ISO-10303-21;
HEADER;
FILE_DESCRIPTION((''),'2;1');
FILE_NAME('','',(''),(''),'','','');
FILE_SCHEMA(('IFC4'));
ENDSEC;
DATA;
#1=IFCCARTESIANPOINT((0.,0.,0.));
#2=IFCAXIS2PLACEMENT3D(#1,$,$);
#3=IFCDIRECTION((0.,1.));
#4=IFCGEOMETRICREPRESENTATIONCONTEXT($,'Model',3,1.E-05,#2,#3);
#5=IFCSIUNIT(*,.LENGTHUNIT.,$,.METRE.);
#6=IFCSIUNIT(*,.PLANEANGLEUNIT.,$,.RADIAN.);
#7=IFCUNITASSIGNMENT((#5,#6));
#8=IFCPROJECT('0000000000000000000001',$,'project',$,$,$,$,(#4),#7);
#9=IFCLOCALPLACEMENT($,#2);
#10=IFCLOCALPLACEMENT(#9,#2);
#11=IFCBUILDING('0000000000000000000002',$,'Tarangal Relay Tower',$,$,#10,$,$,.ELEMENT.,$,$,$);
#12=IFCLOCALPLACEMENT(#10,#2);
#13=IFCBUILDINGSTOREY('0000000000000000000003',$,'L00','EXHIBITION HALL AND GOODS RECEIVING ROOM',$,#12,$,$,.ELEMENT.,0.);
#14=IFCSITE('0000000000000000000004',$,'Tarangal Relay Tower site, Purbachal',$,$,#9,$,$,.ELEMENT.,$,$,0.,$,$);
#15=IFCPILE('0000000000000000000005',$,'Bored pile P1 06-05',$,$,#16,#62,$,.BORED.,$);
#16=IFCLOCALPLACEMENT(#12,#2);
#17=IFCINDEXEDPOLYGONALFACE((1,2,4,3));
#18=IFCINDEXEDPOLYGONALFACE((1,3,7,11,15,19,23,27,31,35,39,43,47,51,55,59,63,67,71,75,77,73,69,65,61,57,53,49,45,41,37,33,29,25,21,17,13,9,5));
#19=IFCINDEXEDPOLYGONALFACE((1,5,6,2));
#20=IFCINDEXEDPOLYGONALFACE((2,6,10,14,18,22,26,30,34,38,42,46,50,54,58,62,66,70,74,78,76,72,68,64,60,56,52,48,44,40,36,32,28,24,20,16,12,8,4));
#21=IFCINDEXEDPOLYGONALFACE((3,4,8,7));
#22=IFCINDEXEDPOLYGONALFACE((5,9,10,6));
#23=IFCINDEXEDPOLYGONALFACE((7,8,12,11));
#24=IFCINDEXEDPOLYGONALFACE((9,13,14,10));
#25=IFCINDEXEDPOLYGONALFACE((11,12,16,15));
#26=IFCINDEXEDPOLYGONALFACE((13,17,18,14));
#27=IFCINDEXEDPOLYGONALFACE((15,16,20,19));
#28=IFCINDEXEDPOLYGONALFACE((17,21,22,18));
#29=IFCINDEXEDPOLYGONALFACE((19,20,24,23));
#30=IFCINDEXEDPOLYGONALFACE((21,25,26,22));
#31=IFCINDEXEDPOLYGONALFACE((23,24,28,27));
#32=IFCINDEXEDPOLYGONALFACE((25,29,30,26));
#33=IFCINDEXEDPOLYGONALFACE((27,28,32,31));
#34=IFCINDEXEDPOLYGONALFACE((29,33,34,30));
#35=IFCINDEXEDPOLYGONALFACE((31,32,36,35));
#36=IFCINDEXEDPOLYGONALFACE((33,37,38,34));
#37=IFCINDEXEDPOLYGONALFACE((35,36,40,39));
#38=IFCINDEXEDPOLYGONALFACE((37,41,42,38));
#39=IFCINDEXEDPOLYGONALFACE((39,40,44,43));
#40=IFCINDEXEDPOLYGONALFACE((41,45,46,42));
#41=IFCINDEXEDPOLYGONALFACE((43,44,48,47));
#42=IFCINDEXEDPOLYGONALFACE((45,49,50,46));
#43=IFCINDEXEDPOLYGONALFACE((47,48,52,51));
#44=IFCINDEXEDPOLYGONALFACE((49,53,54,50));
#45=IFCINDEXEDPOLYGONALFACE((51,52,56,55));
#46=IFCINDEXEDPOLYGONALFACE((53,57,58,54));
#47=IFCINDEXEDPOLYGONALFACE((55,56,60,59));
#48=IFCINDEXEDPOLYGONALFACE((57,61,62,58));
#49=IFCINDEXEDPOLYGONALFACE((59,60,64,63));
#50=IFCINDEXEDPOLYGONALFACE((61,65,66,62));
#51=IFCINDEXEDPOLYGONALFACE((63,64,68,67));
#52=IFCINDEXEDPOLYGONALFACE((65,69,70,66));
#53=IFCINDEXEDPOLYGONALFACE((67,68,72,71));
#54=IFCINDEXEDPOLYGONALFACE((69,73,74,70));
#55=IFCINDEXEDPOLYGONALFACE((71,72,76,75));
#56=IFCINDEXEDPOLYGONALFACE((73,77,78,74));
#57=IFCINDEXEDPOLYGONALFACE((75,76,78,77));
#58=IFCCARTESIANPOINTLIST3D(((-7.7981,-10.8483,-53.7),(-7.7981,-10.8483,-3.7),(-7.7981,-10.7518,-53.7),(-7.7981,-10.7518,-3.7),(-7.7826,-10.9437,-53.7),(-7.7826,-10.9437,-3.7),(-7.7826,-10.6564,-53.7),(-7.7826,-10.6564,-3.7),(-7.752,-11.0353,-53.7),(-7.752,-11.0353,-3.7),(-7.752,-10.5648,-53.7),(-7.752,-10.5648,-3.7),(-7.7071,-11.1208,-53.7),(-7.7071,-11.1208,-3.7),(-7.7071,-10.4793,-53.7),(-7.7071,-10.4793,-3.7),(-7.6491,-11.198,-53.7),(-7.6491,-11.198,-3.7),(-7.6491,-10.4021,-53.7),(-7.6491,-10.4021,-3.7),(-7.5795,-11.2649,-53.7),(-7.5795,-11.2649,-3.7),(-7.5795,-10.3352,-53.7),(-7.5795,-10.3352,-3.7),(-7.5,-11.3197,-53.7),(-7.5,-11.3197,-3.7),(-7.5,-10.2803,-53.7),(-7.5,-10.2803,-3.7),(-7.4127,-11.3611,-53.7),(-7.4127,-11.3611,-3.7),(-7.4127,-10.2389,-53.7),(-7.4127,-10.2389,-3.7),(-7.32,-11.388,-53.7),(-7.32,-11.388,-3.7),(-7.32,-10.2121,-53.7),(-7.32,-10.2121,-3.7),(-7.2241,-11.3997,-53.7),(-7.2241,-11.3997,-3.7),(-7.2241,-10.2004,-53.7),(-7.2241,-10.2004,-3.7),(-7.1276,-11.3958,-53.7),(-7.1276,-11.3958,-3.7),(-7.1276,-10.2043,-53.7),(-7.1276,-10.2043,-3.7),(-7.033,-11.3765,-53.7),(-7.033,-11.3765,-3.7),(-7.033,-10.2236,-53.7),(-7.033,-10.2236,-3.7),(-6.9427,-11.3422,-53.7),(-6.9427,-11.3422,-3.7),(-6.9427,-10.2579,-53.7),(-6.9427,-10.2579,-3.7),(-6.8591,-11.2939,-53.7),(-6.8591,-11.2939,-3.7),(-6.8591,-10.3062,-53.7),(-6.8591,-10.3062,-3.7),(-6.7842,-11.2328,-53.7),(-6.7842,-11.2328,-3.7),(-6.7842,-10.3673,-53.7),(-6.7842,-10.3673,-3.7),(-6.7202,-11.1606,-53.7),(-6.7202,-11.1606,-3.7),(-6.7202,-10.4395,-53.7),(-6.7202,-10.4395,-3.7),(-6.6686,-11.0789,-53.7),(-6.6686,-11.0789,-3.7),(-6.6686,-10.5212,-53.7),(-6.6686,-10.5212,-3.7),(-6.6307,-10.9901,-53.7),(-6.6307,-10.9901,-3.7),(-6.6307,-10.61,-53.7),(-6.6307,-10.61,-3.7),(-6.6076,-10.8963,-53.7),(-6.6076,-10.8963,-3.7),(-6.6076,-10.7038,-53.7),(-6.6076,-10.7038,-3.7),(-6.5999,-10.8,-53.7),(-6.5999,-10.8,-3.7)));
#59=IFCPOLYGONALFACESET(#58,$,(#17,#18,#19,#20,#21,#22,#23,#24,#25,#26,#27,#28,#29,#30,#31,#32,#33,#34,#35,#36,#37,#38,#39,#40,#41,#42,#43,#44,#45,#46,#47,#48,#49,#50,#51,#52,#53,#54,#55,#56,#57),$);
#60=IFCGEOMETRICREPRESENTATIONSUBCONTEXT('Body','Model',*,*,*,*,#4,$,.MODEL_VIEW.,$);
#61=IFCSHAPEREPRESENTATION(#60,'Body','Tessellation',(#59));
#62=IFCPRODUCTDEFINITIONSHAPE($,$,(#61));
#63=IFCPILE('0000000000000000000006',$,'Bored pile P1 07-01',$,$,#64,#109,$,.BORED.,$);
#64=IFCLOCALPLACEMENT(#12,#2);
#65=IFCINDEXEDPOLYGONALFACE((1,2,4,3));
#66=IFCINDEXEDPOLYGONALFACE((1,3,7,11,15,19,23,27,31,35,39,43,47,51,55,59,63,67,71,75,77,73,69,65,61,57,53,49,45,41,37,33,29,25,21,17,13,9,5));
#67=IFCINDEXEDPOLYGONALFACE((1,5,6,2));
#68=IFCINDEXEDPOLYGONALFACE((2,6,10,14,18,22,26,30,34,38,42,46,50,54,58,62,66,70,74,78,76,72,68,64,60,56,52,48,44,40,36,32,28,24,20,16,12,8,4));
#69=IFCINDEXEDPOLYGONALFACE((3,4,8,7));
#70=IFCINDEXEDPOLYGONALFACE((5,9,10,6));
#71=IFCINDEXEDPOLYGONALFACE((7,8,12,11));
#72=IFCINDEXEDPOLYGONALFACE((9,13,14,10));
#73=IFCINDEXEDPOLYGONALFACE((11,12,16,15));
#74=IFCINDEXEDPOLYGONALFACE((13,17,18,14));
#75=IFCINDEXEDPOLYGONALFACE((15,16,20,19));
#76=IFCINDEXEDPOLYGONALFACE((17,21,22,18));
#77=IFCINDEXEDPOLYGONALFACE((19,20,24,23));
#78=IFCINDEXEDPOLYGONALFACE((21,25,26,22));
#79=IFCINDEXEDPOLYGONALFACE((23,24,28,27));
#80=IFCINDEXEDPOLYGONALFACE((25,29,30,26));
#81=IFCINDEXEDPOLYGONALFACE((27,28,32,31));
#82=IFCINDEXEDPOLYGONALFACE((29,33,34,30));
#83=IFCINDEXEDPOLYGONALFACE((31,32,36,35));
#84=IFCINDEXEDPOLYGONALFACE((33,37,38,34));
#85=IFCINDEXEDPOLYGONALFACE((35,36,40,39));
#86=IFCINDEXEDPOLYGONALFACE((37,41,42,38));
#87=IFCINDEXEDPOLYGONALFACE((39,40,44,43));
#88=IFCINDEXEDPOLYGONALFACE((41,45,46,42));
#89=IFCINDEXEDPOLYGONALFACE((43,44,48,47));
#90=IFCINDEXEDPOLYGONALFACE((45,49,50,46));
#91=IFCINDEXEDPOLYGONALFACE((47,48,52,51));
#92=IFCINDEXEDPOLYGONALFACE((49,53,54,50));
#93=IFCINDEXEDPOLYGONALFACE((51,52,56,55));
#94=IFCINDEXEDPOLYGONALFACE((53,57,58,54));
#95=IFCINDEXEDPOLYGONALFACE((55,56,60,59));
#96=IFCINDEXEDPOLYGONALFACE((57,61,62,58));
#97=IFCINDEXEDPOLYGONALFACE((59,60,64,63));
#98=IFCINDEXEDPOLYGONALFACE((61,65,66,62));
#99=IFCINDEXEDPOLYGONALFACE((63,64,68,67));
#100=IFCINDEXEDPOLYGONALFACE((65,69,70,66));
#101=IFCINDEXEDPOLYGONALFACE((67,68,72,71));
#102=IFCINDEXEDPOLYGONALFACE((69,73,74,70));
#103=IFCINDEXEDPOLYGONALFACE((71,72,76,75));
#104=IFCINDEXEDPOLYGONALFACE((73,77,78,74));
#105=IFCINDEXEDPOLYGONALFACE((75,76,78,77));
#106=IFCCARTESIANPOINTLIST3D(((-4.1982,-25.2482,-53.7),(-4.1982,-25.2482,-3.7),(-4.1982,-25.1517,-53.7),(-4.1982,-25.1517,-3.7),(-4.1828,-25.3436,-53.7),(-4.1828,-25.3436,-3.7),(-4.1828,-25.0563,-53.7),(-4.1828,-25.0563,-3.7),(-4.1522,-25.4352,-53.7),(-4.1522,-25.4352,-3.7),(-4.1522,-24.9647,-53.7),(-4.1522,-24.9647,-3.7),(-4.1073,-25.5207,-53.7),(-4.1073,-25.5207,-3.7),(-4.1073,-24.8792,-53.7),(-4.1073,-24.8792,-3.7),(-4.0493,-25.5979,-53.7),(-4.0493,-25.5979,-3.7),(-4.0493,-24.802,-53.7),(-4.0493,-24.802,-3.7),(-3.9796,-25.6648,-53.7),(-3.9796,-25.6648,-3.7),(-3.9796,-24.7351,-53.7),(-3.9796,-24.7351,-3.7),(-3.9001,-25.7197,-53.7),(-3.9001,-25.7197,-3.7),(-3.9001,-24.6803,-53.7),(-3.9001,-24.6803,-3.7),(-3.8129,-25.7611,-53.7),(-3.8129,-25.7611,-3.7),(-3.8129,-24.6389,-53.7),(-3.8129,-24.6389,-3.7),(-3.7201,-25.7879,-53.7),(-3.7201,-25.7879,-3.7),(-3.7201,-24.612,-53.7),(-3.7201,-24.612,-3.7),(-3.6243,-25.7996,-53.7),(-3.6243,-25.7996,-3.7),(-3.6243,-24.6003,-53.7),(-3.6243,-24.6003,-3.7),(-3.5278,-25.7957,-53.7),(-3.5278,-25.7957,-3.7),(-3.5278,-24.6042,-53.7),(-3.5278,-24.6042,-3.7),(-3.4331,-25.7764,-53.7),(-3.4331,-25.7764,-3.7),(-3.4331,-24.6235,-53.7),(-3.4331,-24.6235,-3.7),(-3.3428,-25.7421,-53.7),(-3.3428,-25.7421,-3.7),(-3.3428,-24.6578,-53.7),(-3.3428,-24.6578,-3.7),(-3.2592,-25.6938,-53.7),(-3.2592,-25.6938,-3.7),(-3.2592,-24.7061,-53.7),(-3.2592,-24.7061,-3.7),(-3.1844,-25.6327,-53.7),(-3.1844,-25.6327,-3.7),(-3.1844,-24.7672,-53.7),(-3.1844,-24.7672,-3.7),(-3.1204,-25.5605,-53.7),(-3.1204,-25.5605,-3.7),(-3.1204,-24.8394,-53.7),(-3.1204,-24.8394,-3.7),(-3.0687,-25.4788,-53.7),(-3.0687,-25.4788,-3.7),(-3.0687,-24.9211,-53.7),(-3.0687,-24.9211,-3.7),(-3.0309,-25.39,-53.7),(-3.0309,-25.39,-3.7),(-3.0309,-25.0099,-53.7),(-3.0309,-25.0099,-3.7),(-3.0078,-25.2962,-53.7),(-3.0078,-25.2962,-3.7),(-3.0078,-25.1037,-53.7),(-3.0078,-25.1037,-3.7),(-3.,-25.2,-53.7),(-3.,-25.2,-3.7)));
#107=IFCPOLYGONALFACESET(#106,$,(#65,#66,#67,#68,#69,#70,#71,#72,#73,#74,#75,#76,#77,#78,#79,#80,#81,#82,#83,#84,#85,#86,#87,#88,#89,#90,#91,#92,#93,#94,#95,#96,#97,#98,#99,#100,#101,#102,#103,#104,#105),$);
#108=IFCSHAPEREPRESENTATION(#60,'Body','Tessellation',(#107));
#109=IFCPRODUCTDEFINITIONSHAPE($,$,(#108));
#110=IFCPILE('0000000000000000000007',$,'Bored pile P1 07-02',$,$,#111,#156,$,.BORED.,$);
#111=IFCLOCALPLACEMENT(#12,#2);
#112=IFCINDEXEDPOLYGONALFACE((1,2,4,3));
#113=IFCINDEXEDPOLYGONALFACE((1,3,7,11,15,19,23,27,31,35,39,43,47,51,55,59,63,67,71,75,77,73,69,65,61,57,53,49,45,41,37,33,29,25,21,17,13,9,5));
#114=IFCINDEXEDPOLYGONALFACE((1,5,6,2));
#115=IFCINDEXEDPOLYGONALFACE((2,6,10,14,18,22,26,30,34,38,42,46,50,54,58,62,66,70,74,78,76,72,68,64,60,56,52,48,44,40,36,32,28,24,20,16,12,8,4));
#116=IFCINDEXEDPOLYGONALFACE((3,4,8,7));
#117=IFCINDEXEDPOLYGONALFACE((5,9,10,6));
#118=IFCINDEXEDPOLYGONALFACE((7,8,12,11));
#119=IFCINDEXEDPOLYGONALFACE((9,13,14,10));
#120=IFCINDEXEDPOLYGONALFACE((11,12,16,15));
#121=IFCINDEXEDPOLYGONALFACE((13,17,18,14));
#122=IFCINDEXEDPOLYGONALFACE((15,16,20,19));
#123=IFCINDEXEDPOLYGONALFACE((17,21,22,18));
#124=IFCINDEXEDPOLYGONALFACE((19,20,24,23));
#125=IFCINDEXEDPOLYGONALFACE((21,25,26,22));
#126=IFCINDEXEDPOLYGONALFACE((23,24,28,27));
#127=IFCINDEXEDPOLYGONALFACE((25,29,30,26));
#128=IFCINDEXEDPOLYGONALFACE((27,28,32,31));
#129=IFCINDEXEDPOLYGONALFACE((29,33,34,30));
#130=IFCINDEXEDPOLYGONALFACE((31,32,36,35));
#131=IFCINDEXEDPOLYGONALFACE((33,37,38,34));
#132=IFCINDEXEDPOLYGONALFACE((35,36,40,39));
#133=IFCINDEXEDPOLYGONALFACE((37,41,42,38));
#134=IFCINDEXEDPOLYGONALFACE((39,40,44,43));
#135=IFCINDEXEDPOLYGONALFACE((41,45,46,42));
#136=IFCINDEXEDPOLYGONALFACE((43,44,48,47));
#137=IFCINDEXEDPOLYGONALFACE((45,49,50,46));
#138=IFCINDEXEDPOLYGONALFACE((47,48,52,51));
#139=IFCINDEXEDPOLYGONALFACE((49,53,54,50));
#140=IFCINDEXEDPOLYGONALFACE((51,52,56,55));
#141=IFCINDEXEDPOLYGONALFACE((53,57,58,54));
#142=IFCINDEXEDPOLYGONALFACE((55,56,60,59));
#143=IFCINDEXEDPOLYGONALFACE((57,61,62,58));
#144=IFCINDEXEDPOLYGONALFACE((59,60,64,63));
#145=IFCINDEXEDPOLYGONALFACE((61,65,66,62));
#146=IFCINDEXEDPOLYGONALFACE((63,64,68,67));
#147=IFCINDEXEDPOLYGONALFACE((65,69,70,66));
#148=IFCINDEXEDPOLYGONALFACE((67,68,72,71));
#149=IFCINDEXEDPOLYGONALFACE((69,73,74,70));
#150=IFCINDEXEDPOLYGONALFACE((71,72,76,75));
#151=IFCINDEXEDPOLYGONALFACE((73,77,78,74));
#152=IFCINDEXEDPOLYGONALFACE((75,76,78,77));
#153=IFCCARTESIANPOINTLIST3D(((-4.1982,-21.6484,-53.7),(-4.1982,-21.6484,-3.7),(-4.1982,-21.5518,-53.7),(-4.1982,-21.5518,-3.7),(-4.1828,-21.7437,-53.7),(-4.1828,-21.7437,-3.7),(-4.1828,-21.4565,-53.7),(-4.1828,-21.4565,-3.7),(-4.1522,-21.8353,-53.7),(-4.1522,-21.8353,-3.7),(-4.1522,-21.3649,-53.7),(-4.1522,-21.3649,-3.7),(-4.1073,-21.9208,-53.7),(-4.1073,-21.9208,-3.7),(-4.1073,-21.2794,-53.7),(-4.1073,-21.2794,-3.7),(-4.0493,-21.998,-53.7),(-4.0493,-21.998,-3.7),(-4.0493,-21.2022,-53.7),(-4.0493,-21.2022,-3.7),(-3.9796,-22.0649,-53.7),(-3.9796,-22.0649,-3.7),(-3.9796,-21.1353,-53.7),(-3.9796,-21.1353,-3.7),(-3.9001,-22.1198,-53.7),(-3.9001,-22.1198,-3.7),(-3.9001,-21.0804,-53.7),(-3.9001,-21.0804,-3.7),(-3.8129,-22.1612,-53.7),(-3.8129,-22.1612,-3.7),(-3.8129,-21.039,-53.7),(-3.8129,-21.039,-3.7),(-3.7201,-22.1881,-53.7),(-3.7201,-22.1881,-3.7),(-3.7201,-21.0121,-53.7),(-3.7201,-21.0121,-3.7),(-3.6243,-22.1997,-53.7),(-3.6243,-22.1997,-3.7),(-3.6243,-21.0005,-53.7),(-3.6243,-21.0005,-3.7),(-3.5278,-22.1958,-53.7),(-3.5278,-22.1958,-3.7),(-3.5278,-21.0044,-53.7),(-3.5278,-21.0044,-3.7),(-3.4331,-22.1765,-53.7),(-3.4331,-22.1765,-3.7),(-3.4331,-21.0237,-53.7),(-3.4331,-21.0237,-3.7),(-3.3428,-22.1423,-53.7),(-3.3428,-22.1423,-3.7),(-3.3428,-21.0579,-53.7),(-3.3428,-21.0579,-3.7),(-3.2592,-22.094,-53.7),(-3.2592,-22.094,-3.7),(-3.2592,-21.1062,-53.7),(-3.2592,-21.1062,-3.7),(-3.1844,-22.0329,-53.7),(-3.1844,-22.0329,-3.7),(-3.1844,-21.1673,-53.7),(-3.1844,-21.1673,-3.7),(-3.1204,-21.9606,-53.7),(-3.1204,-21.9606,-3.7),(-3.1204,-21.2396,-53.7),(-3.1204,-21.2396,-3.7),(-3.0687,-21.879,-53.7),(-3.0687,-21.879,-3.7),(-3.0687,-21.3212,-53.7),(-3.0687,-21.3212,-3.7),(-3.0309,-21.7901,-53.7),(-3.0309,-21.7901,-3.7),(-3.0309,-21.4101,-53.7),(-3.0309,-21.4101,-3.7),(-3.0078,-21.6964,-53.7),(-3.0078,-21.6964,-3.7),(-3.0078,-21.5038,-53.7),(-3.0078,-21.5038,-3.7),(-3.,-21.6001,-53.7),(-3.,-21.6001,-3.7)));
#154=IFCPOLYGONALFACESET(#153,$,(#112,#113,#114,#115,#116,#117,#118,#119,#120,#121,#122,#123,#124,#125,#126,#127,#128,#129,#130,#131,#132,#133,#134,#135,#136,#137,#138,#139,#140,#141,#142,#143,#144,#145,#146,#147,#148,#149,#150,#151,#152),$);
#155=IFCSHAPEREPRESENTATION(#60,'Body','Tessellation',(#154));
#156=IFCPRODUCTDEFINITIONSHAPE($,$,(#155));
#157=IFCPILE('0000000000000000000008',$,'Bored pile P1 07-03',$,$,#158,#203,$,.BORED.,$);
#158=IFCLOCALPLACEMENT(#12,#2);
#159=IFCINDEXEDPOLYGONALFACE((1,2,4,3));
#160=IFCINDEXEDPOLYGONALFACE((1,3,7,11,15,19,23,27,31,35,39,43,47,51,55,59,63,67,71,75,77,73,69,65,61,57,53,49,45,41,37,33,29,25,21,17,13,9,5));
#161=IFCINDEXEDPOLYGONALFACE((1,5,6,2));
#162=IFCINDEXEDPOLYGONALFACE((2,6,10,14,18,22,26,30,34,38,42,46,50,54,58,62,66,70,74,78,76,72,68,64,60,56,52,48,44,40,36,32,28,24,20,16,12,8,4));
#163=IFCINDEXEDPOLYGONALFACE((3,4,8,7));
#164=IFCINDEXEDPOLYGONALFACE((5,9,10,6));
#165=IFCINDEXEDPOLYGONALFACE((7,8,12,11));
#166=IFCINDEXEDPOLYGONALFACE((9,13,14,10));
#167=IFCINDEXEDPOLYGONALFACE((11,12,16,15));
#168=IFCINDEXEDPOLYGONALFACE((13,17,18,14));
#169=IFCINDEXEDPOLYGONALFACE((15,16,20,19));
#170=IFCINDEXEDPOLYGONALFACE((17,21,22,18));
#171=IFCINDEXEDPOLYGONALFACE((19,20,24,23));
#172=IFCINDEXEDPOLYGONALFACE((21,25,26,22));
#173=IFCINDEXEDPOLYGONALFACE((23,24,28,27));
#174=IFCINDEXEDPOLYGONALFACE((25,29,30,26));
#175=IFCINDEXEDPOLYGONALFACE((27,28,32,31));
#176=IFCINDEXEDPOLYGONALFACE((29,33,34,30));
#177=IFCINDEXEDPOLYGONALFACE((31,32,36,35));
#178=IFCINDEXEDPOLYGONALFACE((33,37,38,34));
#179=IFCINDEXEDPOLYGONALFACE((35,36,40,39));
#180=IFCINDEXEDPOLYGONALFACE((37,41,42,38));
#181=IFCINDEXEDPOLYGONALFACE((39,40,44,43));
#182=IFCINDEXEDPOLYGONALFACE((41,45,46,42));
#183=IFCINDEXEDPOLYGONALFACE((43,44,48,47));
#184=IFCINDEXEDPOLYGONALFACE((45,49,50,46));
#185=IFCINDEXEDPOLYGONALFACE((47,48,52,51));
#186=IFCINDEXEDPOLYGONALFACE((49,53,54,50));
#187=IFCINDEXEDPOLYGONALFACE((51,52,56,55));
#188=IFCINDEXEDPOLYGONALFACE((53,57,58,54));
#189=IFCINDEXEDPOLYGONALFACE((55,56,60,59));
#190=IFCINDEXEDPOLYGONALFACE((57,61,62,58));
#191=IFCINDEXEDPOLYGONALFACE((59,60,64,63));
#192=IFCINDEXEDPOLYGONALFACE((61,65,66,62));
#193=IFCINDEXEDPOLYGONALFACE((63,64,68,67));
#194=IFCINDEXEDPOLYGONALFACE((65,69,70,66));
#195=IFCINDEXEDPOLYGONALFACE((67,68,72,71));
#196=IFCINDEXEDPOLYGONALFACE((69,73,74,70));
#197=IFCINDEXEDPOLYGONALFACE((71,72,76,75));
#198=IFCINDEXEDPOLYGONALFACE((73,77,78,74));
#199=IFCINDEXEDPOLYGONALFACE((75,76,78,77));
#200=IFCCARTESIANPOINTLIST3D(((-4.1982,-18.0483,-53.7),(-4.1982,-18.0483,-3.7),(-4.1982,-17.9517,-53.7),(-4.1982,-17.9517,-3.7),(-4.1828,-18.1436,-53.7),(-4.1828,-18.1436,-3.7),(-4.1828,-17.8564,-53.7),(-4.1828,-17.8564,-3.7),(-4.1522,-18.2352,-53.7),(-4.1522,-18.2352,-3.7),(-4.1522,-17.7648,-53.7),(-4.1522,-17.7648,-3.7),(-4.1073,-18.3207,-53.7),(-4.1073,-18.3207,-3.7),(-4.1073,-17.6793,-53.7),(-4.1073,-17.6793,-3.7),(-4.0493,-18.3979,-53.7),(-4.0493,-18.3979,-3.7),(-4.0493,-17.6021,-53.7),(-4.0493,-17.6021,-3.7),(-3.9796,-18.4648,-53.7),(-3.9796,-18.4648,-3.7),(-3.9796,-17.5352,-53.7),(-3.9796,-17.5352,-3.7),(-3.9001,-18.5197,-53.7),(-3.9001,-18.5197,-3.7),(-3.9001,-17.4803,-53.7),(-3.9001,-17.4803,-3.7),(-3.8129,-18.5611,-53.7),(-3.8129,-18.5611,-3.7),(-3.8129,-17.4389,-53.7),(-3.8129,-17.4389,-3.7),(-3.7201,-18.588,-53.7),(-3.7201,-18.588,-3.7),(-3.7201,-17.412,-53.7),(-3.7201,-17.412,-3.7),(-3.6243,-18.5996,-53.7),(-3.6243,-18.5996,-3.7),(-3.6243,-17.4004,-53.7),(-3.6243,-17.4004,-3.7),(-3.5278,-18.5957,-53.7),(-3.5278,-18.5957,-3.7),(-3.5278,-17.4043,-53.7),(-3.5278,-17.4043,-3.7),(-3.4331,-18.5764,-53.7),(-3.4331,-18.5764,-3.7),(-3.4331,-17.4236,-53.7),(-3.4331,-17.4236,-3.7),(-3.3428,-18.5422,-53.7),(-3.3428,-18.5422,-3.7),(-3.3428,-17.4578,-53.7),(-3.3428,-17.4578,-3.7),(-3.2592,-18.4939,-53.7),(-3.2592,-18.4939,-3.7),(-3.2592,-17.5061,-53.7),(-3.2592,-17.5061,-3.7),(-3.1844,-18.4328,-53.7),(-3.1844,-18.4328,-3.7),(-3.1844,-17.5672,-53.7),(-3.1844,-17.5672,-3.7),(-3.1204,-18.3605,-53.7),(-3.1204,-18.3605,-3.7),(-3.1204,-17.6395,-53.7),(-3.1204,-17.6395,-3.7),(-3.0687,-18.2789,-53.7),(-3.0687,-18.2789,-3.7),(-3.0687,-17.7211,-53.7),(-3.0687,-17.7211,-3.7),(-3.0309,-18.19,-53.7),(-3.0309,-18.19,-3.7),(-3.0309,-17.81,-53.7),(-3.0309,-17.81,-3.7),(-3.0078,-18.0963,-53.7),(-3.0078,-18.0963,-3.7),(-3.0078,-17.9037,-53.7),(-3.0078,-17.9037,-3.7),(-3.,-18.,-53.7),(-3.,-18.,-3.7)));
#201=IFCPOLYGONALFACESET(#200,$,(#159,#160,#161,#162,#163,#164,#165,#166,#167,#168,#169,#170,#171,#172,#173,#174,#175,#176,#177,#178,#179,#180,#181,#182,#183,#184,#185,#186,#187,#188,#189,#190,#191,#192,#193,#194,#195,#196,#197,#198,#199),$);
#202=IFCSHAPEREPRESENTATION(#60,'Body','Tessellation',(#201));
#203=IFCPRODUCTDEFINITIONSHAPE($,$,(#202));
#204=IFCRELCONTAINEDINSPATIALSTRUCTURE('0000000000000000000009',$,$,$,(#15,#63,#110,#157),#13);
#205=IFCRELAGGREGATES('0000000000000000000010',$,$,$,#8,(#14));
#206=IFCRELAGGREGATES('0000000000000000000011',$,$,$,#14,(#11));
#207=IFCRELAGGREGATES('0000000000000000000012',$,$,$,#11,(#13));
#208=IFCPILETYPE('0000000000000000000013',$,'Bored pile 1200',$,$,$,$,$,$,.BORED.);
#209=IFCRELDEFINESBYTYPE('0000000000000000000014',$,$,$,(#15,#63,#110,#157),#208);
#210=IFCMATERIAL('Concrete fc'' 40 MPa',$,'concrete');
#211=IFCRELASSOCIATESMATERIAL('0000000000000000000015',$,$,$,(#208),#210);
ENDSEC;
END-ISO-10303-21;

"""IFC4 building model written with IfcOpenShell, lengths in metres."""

from ifc_helpers import new_model, si_unit, direction, frame, origin, origin_2d, place, context, subcontext, project, spatial, circle, extrude, material, material_profile, profile_set, type_object, element, save


model = new_model("IFC4")

# Units and contexts
model_context = context("Model", 3, precision=1e-05, world=origin(), true_north=direction((0.0, 1.0)))
body_context = subcontext(model_context, "Body", "Model", "MODEL_VIEW")
ifc_project = project(units=[si_unit("LENGTHUNIT", "METRE"), si_unit("PLANEANGLEUNIT", "RADIAN")], contexts=[model_context])

# Site, building, storey
site_placement = place(None, origin())
site = spatial("IfcSite", under=ifc_project, at=site_placement, Name="Tarangal Relay Tower site, Purbachal", CompositionType="ELEMENT", RefElevation=0.0)
building_placement = place(site_placement, origin())
building = spatial("IfcBuilding", under=site, at=building_placement, Name="Tarangal Relay Tower", CompositionType="ELEMENT")
storey_placement = place(building_placement, origin())
storey = spatial("IfcBuildingStorey", under=building, at=storey_placement, Name="L00", Description="EXHIBITION HALL AND GOODS RECEIVING ROOM", CompositionType="ELEMENT", Elevation=0.0)

# Piles
ifc_material_1 = material(Name="Concrete fc' 40 MPa", Category="concrete")
ifc_material_profile_1 = material_profile(ifc_material_1, circle(Radius=0.6001, at=origin_2d()), Name="D1200")
ifc_profile_set_1 = profile_set([ifc_material_profile_1], Name="Concrete fc' 40 MPa")
pile_type = type_object("IfcPileType", Name="Bored pile 1200", PredefinedType="BORED", material=ifc_profile_set_1)
for number, where, z_axis, x_axis, name in (
    (1, (-7.2, -10.8, -3.7), (0.0, 0.0, -1.0), (1.0, 0.0, 0.0), "Bored pile P1 06-05"),
    (2, (-3.6001, -25.2, -3.7), (0.0, 0.0, -1.0), (1.0, 0.0, 0.0), "Bored pile P1 07-01"),
    (3, (-3.6001, -21.6001, -3.7), (0.0, 0.0, -1.0), (1.0, 0.0, 0.0), "Bored pile P1 07-02"),
    (4, (-3.6001, -18.0, -3.7), (0.0, 0.0, -1.0), (1.0, 0.0, 0.0), "Bored pile P1 07-03"),
):
    element("IfcPile", number, at=place(storey_placement, frame(where, z_axis=z_axis, x_axis=x_axis)), inside=storey, type_object=pile_type, Name=name, PredefinedType="BORED", context=body_context, shape_type="SweptSolid", body=[
        extrude(circle(Radius=0.6001, at=origin_2d()), origin(), (0.0, 0.0, 1.0), 50.0),
    ])

save(model, "model.ifc")
